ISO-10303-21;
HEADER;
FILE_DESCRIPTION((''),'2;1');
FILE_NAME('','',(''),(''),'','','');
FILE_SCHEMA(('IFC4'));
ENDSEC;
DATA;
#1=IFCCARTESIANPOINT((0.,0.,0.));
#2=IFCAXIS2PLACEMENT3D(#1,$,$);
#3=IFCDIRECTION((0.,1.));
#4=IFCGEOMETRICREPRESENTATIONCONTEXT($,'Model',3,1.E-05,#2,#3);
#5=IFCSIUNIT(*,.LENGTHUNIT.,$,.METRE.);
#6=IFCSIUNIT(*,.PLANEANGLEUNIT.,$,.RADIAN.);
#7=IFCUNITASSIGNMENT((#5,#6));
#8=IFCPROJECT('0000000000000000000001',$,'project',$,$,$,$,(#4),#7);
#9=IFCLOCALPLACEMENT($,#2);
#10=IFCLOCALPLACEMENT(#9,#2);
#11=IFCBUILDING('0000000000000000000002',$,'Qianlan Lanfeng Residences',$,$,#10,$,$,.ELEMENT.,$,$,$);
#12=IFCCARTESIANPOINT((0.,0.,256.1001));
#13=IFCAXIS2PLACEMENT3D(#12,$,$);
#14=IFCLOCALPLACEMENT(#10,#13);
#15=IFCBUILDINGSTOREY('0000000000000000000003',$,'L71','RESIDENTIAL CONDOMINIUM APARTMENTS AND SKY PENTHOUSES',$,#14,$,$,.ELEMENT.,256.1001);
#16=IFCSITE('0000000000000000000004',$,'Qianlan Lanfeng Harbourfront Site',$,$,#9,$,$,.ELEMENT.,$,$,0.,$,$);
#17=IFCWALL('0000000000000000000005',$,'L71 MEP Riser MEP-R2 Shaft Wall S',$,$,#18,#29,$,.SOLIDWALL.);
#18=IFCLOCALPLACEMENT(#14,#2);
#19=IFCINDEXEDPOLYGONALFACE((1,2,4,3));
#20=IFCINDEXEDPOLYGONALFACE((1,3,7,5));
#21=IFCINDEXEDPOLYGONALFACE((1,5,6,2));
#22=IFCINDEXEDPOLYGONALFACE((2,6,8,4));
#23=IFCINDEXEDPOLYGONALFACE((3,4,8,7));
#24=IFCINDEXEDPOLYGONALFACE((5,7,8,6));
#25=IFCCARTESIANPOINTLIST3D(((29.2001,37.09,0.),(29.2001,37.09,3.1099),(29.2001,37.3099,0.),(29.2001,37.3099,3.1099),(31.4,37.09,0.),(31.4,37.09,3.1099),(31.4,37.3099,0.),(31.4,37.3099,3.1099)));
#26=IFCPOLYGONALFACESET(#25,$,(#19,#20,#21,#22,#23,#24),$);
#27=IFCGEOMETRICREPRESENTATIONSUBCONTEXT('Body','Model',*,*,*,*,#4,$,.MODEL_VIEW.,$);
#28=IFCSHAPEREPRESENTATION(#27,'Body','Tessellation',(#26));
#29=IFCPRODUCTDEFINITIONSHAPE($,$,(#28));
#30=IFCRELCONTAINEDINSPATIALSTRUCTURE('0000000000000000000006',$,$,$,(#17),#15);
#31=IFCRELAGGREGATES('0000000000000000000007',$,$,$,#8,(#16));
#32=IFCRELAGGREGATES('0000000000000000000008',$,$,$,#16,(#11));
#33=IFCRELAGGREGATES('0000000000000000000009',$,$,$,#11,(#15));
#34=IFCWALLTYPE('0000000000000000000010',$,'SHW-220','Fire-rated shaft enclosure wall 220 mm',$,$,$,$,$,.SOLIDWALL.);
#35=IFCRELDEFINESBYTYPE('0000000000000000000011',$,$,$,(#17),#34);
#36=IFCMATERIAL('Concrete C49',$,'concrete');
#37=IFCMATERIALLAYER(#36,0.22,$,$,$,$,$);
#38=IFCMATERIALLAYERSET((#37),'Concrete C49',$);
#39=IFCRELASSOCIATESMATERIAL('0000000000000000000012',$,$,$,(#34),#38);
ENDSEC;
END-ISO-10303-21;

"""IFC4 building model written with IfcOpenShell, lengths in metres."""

from ifc_helpers import new_model, si_unit, direction, frame, frame_2d, origin, place, context, subcontext, project, spatial, rectangle, extrude, material, layer, layer_set, type_object, element, save


model = new_model("IFC4")

# Units and contexts
model_context = context("Model", 3, precision=1e-05, world=origin(), true_north=direction((0.0, 1.0)))
body_context = subcontext(model_context, "Body", "Model", "MODEL_VIEW")
ifc_project = project(units=[si_unit("LENGTHUNIT", "METRE"), si_unit("PLANEANGLEUNIT", "RADIAN")], contexts=[model_context])

# Site, building, storey
site_placement = place(None, origin())
site = spatial("IfcSite", under=ifc_project, at=site_placement, Name="Qianlan Lanfeng Harbourfront Site", CompositionType="ELEMENT", RefElevation=0.0)
building_placement = place(site_placement, origin())
building = spatial("IfcBuilding", under=site, at=building_placement, Name="Qianlan Lanfeng Residences", CompositionType="ELEMENT")
storey_placement = place(building_placement, frame((0.0, 0.0, 256.1001)))
storey = spatial("IfcBuildingStorey", under=building, at=storey_placement, Name="L71", Description="RESIDENTIAL CONDOMINIUM APARTMENTS AND SKY PENTHOUSES", CompositionType="ELEMENT", Elevation=256.1001)

# Wall
ifc_material_1 = material(Name="Concrete C49", Category="concrete")
ifc_layer_1 = layer(ifc_material_1, 0.22)
ifc_layer_set_1 = layer_set([ifc_layer_1], Name="Concrete C49")
wall_type_1 = type_object("IfcWallType", Name="SHW-220", Description="Fire-rated shaft enclosure wall 220 mm", PredefinedType="SOLIDWALL", material=ifc_layer_set_1)
for number, where, z_axis, x_axis, name in (
    (1, (29.2, 37.2, 0.0), (0.0, 0.0, 1.0), (1.0, 0.0, 0.0), "L71 MEP Riser MEP-R2 Shaft Wall S"),
):
    element("IfcWall", number, at=place(storey_placement, frame(where, z_axis=z_axis, x_axis=x_axis)), inside=storey, type_object=wall_type_1, Name=name, PredefinedType="SOLIDWALL", context=body_context, shape_type="SweptSolid", body=[
        extrude(rectangle(XDim=2.2, YDim=0.22, at=frame_2d((1.1001, 0.0))), origin(), (0.0, 0.0, 1.0), 3.1099),
    ])

save(model, "model.ifc")
